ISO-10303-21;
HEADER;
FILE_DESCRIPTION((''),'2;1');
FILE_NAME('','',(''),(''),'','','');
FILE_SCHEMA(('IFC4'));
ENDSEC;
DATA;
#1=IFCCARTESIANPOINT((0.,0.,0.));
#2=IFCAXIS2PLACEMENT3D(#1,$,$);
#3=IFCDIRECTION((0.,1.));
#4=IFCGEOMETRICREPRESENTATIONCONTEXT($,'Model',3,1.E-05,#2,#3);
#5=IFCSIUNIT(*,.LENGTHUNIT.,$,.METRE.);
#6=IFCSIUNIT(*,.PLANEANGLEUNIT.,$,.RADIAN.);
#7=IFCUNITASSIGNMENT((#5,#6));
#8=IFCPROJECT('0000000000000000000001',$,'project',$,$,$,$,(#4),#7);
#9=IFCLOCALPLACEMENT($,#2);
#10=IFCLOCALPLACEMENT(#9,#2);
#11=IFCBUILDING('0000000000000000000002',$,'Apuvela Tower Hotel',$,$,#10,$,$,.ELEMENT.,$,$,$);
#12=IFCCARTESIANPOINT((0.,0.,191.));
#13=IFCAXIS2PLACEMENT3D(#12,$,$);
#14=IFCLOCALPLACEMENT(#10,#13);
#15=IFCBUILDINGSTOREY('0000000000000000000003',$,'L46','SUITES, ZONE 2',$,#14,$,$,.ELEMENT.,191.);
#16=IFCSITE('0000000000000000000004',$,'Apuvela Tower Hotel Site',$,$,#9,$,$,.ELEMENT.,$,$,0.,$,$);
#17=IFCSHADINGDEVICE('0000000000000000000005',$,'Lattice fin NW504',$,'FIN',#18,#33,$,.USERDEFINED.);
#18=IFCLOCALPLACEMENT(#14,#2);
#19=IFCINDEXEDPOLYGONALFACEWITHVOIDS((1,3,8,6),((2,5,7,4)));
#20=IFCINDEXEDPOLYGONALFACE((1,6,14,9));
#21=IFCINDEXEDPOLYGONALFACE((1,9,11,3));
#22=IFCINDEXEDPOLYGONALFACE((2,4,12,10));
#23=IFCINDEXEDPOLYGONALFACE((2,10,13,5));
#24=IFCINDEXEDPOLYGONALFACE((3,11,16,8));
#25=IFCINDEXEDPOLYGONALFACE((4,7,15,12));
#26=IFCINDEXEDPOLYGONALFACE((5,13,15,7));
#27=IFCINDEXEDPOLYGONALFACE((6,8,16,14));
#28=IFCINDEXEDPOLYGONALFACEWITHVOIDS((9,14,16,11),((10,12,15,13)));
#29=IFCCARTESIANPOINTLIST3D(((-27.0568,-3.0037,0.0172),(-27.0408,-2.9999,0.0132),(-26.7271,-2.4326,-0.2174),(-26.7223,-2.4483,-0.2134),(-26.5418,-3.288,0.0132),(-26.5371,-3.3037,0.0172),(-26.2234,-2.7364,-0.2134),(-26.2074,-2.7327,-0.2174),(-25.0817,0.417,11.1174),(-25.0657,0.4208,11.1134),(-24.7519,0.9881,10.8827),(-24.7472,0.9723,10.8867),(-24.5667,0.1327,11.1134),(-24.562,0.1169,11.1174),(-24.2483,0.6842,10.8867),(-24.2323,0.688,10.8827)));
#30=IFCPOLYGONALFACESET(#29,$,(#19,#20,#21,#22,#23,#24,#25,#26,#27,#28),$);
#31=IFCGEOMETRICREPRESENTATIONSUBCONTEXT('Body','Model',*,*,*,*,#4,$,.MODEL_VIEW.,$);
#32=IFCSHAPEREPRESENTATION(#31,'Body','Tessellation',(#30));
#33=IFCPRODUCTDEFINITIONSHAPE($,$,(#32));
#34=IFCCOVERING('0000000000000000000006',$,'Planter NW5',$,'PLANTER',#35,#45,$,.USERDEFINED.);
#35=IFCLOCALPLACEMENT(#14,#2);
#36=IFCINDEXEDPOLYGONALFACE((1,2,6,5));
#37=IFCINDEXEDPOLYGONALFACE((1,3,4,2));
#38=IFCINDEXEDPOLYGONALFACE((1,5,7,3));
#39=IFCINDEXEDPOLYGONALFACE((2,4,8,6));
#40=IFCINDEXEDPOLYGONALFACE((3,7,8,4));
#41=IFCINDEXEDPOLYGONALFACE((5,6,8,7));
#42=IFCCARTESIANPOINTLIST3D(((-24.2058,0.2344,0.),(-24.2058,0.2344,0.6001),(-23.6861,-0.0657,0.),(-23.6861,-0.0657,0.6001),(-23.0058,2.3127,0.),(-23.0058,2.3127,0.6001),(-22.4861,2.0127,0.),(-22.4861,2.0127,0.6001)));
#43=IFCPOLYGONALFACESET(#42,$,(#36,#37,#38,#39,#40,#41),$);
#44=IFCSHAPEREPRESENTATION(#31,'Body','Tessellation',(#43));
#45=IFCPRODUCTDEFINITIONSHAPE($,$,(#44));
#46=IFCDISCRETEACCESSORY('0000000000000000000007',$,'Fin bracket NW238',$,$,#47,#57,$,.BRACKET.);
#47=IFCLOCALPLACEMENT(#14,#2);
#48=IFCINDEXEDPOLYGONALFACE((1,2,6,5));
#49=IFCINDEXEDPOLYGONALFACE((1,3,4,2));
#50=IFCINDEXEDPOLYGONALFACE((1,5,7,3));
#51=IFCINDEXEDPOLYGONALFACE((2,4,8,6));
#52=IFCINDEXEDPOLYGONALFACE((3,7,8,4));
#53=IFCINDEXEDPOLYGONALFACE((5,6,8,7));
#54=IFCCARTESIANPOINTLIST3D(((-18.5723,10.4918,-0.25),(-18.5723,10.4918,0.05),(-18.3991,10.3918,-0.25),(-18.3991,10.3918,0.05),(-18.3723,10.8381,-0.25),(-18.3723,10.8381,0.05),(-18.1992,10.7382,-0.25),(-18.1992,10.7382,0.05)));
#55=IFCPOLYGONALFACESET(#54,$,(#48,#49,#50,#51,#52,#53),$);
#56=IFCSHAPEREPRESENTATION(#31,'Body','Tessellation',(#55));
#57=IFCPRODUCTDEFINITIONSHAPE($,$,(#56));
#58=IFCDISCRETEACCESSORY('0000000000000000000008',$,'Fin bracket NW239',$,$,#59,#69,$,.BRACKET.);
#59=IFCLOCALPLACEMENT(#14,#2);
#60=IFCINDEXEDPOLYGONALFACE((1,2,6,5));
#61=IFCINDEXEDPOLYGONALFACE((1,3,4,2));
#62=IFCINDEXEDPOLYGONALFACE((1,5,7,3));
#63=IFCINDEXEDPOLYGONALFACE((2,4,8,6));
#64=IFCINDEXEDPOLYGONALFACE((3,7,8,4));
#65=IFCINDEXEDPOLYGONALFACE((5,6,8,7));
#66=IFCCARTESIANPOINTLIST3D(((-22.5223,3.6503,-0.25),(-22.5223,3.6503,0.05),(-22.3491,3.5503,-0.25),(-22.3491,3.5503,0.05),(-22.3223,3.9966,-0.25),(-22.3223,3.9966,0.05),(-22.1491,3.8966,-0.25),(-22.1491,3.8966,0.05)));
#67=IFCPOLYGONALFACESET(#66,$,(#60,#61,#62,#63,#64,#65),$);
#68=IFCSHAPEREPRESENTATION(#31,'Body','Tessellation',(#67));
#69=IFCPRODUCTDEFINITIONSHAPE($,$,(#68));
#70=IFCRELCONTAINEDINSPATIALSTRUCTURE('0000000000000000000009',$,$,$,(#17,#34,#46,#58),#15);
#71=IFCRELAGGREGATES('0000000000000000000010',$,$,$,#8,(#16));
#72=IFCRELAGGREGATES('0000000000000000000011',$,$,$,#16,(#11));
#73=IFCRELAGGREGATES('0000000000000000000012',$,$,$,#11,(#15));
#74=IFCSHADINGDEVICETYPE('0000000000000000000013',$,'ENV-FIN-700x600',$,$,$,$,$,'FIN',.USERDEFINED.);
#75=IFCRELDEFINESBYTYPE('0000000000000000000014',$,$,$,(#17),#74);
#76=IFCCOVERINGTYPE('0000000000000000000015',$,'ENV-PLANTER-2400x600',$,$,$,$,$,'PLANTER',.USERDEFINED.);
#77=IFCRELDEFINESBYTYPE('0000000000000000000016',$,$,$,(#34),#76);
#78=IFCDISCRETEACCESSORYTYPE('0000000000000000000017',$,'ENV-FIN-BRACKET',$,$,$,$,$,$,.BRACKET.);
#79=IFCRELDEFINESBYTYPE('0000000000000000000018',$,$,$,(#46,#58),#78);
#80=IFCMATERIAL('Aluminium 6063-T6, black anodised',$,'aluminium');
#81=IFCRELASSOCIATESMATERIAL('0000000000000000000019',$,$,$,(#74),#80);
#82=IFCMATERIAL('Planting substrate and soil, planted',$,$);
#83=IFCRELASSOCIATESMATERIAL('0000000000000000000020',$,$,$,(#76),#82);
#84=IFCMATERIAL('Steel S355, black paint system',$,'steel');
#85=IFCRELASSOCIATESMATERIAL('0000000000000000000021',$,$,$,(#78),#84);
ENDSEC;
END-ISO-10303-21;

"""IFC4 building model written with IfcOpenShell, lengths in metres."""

from ifc_helpers import new_model, si_unit, direction, frame, origin, origin_2d, place, context, subcontext, project, spatial, rectangle, hollow_rectangle, extrude, material, material_profile, profile_set, type_object, element, save


model = new_model("IFC4")

# Units and contexts
model_context = context("Model", 3, precision=1e-05, world=origin(), true_north=direction((0.0, 1.0)))
body_context = subcontext(model_context, "Body", "Model", "MODEL_VIEW")
ifc_project = project(units=[si_unit("LENGTHUNIT", "METRE"), si_unit("PLANEANGLEUNIT", "RADIAN")], contexts=[model_context])

# Site, building, storey
site_placement = place(None, origin())
site = spatial("IfcSite", under=ifc_project, at=site_placement, Name="Apuvela Tower Hotel Site", CompositionType="ELEMENT", RefElevation=0.0)
building_placement = place(site_placement, origin())
building = spatial("IfcBuilding", under=site, at=building_placement, Name="Apuvela Tower Hotel", CompositionType="ELEMENT")
storey_placement = place(building_placement, frame((0.0, 0.0, 191.0)))
storey = spatial("IfcBuildingStorey", under=building, at=storey_placement, Name="L46", Description="SUITES, ZONE 2", CompositionType="ELEMENT", Elevation=191.0)

# Shading device
ifc_material_1 = material(Name="Aluminium 6063-T6, black anodised", Category="aluminium")
ifc_material_profile_1 = material_profile(ifc_material_1, hollow_rectangle(XDim=0.6001, YDim=0.7, WallThickness=0.012, at=origin_2d()), Name="AL BOX 700x600x12")
ifc_profile_set_1 = profile_set([ifc_material_profile_1], Name="Aluminium 6063-T6, black anodised")
shading_device_type = type_object("IfcShadingDeviceType", Name="ENV-FIN-700x600", ElementType="FIN", PredefinedType="USERDEFINED", material=ifc_profile_set_1)
for number, where, z_axis, x_axis, name in (
    (1, (-26.6321, -2.8682, -0.1001), (0.167638, 0.29033, 0.942128), (-0.866005, 0.500035, 0.0), "Lattice fin NW504"),
):
    element("IfcShadingDevice", number, at=place(storey_placement, frame(where, z_axis=z_axis, x_axis=x_axis)), inside=storey, type_object=shading_device_type, Name=name, ObjectType="FIN", PredefinedType="USERDEFINED", context=body_context, shape_type="SweptSolid", body=[
        extrude(hollow_rectangle(XDim=0.6001, YDim=0.7, WallThickness=0.012, at=origin_2d()), origin(), (0.0, 0.0, 1.0), 11.782),
    ])

# Covering
ifc_material_2 = material(Name="Planting substrate and soil, planted")
covering_type = type_object("IfcCoveringType", Name="ENV-PLANTER-2400x600", ElementType="PLANTER", PredefinedType="USERDEFINED", material=ifc_material_2)
covering_placement = place(storey_placement, frame((-23.3459, 1.1235, 0.0), z_axis=(0.0, 0.0, 1.0), x_axis=(-0.5, -0.866025, 0.0)))
element("IfcCovering", 2, at=covering_placement, inside=storey, type_object=covering_type, Name="Planter NW5", ObjectType="PLANTER", PredefinedType="USERDEFINED", context=body_context, shape_type="SweptSolid", body=[
    extrude(rectangle(XDim=2.3999, YDim=0.6001, at=origin_2d()), origin(), (0.0, 0.0, 1.0), 0.6001),
])

# Discrete accessories
ifc_material_3 = material(Name="Steel S355, black paint system", Category="steel")
discrete_accessory_type = type_object("IfcDiscreteAccessoryType", Name="ENV-FIN-BRACKET", PredefinedType="BRACKET", material=ifc_material_3)
for number, where, z_axis, x_axis, name in (
    (3, (-18.3857, 10.615, -0.25), (0.0, 0.0, 1.0), (-0.5, -0.866025, 0.0), "Fin bracket NW238"),
    (4, (-22.3357, 3.7734, -0.25), (0.0, 0.0, 1.0), (-0.5, -0.866025, 0.0), "Fin bracket NW239"),
):
    element("IfcDiscreteAccessory", number, at=place(storey_placement, frame(where, z_axis=z_axis, x_axis=x_axis)), inside=storey, type_object=discrete_accessory_type, Name=name, PredefinedType="BRACKET", context=body_context, shape_type="SweptSolid", body=[
        extrude(rectangle(XDim=0.3999, YDim=0.2, at=origin_2d()), origin(), (0.0, 0.0, 1.0), 0.3),
    ])

save(model, "model.ifc")
